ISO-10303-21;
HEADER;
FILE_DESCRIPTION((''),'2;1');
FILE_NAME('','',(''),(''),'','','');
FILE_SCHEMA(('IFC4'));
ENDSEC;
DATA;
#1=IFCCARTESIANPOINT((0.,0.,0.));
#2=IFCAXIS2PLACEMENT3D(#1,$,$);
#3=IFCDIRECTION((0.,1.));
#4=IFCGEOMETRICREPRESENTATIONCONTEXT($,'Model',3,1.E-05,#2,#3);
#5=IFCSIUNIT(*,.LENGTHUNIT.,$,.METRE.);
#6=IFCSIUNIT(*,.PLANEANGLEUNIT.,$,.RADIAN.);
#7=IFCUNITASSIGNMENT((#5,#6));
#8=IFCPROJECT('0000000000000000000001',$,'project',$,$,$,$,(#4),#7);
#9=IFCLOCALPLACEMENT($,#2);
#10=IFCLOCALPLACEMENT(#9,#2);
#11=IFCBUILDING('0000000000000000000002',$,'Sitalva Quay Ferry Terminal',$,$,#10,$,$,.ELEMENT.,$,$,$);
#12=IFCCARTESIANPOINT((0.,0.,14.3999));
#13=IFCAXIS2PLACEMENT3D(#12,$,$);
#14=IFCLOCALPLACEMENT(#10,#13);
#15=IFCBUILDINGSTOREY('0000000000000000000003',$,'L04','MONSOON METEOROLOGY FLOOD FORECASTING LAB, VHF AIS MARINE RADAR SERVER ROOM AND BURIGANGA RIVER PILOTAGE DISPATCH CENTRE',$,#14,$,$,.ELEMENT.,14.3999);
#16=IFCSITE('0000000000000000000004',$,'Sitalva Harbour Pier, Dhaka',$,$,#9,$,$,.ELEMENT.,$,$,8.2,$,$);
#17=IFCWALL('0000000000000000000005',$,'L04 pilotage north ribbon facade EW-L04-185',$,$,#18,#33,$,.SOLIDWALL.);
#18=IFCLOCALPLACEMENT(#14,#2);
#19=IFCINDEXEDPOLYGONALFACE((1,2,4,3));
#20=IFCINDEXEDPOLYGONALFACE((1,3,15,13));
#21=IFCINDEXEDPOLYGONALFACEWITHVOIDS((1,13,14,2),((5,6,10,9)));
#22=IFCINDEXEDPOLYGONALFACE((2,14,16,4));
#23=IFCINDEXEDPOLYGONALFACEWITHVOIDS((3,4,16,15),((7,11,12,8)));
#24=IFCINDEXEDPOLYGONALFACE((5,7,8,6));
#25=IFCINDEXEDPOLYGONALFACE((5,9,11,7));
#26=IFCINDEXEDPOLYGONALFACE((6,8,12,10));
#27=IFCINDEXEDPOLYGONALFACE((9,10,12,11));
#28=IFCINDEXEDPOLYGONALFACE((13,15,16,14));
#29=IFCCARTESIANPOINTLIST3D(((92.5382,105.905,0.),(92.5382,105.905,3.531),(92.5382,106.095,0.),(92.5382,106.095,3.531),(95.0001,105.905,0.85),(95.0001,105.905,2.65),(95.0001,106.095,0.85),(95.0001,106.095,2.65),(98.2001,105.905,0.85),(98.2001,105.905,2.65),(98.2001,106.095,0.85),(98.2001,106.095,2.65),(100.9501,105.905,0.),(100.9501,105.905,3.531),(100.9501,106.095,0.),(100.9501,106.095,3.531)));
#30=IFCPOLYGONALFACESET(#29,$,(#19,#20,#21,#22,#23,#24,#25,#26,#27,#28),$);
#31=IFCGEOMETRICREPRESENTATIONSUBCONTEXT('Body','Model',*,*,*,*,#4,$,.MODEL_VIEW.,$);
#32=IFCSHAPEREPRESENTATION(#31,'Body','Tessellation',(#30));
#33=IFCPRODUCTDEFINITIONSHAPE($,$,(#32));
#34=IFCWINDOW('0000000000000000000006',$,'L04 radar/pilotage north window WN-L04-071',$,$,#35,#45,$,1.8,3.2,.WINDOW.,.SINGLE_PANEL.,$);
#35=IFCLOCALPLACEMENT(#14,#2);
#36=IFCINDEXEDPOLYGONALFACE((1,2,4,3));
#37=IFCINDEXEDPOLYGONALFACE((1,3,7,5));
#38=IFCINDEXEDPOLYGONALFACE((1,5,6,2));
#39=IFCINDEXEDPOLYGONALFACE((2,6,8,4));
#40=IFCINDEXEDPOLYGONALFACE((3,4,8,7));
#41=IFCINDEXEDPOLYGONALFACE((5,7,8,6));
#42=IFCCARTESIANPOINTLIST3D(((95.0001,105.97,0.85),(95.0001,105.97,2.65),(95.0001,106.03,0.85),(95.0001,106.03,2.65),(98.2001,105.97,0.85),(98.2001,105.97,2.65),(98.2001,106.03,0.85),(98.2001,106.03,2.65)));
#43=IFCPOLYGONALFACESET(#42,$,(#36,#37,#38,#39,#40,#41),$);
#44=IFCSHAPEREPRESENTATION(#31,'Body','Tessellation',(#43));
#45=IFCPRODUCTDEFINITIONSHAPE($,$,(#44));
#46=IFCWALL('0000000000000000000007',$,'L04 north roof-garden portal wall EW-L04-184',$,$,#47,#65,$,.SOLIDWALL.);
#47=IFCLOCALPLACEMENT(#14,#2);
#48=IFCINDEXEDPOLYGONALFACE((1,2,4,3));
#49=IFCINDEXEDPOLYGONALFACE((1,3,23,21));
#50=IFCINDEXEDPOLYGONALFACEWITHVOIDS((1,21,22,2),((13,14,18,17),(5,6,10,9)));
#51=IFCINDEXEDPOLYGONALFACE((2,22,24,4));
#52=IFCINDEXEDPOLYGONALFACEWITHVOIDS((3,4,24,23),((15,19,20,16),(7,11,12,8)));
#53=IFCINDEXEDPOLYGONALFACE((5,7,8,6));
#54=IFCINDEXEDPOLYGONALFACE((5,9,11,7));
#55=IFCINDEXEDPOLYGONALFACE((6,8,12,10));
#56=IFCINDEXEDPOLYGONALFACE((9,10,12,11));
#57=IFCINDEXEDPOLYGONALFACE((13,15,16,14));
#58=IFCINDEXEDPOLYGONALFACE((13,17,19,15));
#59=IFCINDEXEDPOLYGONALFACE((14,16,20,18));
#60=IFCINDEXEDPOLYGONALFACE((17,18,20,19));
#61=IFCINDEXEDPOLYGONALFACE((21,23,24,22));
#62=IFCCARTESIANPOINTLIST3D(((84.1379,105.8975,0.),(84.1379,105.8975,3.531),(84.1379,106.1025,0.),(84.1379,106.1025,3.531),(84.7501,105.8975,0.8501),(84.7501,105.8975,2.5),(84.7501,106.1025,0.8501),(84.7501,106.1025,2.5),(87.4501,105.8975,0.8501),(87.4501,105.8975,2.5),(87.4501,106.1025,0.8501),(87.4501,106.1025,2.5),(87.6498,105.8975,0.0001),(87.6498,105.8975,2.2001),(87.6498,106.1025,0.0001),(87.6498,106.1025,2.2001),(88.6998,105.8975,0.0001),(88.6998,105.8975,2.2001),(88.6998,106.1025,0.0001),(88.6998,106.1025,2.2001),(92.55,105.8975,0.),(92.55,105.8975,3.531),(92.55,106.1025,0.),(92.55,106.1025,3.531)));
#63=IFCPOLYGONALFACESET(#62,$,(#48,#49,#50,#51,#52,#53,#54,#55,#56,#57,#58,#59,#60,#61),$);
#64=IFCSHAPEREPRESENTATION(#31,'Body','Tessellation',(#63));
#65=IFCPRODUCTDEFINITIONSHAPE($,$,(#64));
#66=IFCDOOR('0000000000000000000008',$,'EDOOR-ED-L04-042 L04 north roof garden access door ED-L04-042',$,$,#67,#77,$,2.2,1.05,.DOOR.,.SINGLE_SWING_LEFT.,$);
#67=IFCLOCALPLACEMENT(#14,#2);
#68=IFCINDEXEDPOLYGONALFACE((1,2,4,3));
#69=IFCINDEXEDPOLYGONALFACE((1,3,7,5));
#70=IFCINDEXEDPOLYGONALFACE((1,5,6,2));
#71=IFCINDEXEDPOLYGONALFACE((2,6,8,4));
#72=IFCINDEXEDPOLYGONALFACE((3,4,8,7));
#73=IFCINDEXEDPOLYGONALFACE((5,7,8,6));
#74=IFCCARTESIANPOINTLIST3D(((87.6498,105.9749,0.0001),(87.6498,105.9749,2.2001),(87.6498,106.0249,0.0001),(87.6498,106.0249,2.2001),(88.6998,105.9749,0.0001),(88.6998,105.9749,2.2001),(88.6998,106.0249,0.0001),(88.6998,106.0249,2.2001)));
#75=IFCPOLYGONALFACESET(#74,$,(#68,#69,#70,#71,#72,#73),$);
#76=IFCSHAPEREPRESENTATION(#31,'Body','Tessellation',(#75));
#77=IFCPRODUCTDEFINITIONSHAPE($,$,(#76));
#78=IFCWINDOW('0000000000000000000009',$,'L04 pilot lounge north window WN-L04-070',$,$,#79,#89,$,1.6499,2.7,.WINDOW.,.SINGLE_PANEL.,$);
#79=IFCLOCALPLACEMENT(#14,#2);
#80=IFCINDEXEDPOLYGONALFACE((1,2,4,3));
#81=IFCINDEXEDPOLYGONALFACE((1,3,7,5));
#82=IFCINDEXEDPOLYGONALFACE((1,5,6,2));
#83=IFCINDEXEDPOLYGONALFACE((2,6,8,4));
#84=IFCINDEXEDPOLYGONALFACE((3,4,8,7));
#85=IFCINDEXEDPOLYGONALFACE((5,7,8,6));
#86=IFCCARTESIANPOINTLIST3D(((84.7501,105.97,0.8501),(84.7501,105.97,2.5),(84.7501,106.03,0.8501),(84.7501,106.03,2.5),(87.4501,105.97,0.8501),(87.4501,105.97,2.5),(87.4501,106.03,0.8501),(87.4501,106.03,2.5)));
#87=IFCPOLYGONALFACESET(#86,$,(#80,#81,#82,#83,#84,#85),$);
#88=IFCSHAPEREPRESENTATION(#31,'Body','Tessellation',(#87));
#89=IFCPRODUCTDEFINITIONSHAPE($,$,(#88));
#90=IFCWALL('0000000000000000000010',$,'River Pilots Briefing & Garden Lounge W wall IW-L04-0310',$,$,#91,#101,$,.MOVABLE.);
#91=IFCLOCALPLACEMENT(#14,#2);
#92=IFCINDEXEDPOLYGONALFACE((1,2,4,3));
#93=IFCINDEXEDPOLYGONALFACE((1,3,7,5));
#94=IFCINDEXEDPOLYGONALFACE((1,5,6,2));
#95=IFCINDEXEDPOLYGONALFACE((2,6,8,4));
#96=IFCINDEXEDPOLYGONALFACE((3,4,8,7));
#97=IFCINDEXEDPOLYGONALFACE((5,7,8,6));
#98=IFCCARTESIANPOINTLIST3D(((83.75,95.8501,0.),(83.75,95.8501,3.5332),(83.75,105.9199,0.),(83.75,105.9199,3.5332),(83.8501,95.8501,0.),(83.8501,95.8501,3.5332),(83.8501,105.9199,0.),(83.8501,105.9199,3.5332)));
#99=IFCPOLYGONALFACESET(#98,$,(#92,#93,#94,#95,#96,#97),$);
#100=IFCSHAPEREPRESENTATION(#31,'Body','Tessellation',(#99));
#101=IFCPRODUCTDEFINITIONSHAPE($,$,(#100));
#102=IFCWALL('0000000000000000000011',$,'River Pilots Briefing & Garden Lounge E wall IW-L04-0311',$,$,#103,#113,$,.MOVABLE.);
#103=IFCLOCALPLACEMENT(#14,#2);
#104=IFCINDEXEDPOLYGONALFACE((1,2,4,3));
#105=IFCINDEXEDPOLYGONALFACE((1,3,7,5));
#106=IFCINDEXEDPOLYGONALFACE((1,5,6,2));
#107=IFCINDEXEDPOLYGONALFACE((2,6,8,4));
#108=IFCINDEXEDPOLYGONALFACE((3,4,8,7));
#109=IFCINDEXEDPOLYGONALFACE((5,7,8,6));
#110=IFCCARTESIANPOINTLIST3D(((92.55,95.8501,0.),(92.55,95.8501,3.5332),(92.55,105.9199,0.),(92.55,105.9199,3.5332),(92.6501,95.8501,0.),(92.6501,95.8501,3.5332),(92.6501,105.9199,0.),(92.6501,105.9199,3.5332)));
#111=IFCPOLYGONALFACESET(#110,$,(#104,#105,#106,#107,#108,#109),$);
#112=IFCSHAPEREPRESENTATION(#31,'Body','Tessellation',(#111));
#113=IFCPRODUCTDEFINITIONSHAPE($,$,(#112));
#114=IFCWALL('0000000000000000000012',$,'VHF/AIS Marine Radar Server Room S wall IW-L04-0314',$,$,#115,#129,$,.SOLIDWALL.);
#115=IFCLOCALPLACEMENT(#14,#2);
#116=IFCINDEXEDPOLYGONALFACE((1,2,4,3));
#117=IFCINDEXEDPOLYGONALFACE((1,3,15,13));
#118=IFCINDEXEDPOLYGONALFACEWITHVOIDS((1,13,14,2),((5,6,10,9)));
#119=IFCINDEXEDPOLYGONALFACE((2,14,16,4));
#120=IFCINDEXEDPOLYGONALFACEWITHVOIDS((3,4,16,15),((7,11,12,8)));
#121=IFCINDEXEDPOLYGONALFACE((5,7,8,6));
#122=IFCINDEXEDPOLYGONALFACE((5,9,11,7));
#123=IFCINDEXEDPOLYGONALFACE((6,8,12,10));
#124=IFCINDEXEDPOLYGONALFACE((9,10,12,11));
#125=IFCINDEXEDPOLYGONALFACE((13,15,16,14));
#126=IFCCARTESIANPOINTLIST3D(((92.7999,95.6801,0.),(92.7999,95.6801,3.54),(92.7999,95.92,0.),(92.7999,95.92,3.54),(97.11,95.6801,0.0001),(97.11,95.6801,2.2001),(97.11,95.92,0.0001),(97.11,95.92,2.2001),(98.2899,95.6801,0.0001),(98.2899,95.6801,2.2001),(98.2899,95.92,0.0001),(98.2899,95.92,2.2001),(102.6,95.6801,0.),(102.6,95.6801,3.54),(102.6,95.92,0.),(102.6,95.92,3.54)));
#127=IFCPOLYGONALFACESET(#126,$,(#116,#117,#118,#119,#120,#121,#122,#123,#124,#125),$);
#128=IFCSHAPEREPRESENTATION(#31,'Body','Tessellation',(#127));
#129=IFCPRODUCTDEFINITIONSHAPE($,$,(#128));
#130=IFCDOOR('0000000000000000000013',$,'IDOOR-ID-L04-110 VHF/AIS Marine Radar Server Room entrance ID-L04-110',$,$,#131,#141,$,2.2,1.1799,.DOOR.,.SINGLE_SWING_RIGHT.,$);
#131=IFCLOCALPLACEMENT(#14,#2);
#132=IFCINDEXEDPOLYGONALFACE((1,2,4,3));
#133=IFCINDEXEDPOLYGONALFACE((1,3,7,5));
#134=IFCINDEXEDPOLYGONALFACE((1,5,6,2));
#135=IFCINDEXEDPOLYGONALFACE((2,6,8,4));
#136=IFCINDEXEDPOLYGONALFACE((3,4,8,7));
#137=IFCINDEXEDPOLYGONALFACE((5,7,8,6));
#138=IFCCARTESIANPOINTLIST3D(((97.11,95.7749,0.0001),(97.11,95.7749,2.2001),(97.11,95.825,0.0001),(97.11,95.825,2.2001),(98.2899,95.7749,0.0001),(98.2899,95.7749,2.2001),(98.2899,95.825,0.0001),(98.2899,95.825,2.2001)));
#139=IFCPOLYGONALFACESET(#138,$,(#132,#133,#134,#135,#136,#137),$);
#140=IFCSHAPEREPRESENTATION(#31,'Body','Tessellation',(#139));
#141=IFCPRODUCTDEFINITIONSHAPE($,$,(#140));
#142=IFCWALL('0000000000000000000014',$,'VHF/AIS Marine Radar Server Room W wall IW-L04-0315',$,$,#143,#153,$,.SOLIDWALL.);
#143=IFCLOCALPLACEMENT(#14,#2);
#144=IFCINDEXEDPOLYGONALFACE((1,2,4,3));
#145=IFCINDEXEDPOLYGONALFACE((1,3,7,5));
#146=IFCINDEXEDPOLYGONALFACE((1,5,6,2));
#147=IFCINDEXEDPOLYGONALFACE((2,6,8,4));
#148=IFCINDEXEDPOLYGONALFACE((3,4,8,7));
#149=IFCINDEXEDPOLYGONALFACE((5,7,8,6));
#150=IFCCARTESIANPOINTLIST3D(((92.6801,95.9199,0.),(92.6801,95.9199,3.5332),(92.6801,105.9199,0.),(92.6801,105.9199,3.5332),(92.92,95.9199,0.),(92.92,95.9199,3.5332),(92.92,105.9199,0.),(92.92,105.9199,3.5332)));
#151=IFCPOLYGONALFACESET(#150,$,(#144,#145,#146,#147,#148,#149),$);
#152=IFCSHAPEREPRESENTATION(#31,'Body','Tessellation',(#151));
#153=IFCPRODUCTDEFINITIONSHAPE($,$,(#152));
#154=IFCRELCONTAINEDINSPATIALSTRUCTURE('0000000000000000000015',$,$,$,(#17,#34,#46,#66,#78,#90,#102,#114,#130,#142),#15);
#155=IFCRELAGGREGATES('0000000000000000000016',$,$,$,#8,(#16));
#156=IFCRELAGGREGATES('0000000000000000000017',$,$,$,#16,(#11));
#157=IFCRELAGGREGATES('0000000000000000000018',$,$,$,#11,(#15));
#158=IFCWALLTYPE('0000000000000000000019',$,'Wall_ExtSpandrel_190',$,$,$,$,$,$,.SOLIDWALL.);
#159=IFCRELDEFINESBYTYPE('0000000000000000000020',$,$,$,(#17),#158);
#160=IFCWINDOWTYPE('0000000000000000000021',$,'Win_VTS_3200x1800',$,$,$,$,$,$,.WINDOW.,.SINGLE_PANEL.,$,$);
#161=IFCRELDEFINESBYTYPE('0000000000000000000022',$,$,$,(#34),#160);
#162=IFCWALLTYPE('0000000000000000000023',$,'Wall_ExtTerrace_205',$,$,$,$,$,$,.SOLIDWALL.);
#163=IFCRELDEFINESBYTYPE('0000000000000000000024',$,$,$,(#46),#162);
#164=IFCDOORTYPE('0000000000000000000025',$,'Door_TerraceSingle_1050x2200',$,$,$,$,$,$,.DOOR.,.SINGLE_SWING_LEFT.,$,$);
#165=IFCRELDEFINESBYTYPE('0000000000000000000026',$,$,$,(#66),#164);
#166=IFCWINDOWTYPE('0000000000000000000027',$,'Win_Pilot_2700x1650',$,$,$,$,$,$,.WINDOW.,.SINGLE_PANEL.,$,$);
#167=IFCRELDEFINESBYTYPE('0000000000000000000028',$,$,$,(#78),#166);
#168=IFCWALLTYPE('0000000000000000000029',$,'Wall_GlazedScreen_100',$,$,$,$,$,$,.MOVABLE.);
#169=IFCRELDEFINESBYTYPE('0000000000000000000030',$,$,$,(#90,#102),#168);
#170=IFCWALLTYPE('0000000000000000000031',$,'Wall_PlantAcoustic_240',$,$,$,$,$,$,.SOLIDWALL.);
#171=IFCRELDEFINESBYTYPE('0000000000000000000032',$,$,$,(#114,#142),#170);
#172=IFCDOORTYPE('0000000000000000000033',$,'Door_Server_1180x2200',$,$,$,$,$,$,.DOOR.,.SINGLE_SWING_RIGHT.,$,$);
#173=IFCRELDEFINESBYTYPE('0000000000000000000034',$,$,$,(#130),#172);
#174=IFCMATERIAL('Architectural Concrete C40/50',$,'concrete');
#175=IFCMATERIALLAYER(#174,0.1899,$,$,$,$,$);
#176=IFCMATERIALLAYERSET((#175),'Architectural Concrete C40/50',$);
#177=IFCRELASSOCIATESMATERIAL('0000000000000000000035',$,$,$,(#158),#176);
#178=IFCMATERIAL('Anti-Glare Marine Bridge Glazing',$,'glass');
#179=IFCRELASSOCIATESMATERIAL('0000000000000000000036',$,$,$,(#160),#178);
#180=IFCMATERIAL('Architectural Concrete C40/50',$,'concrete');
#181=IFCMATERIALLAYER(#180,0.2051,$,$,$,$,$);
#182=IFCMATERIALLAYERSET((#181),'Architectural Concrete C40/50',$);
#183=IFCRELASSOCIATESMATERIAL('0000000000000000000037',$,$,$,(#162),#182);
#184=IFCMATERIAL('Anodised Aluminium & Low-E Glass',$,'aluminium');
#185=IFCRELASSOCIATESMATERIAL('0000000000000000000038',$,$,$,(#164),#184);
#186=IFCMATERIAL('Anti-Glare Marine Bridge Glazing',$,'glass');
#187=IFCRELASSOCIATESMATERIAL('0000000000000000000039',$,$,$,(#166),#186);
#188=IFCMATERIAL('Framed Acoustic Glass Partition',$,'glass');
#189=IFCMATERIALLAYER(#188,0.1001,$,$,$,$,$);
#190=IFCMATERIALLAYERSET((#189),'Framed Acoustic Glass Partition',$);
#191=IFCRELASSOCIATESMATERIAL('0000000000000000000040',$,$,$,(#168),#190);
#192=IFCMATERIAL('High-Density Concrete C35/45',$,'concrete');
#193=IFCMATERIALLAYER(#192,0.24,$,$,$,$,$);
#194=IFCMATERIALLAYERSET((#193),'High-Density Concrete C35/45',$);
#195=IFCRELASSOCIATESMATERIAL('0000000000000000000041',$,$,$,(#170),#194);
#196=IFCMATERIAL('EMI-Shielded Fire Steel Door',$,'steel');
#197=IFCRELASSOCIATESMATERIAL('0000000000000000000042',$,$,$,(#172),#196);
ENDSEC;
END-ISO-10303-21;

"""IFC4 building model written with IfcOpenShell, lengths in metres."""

from ifc_helpers import new_model, si_unit, direction, frame, frame_2d, origin, place, context, subcontext, project, spatial, rectangle, extrude, material, layer, layer_set, type_object, element, fill, save


model = new_model("IFC4")

# Units and contexts
model_context = context("Model", 3, precision=1e-05, world=origin(), true_north=direction((0.0, 1.0)))
body_context = subcontext(model_context, "Body", "Model", "MODEL_VIEW")
ifc_project = project(units=[si_unit("LENGTHUNIT", "METRE"), si_unit("PLANEANGLEUNIT", "RADIAN")], contexts=[model_context])

# Site, building, storey
site_placement = place(None, origin())
site = spatial("IfcSite", under=ifc_project, at=site_placement, Name="Sitalva Harbour Pier, Dhaka", CompositionType="ELEMENT", RefElevation=8.2)
building_placement = place(site_placement, origin())
building = spatial("IfcBuilding", under=site, at=building_placement, Name="Sitalva Quay Ferry Terminal", CompositionType="ELEMENT")
storey_placement = place(building_placement, frame((0.0, 0.0, 14.3999)))
storey = spatial("IfcBuildingStorey", under=building, at=storey_placement, Name="L04", Description="MONSOON METEOROLOGY FLOOD FORECASTING LAB, VHF AIS MARINE RADAR SERVER ROOM AND BURIGANGA RIVER PILOTAGE DISPATCH CENTRE", CompositionType="ELEMENT", Elevation=14.3999)

# Wall, opening, window
ifc_material_1 = material(Name="Architectural Concrete C40/50", Category="concrete")
ifc_layer_1 = layer(ifc_material_1, 0.1899)
ifc_layer_set_1 = layer_set([ifc_layer_1], Name="Architectural Concrete C40/50")
wall_type_1 = type_object("IfcWallType", Name="Wall_ExtSpandrel_190", PredefinedType="SOLIDWALL", material=ifc_layer_set_1)
wall_1_placement = place(storey_placement, frame((92.5381, 106.0, 0.0), z_axis=(0.0, 0.0, 1.0), x_axis=(1.0, 0.0, 0.0)))
wall_1 = element("IfcWall", 1, at=wall_1_placement, inside=storey, type_object=wall_type_1, Name="L04 pilotage north ribbon facade EW-L04-185", PredefinedType="SOLIDWALL", context=body_context, shape_type="SweptSolid", body=[
    extrude(rectangle(XDim=8.4119, YDim=0.1899, at=frame_2d((4.2061, 0.0))), origin(), (0.0, 0.0, 1.0), 3.531),
])
opening_1_placement = place(wall_1_placement, frame((2.4619, 0.0, 0.8501)))
opening_1 = element("IfcOpeningElement", 2, at=opening_1_placement, cuts=wall_1, PredefinedType="OPENING", context=body_context, shape_type="SweptSolid", body=[
    extrude(rectangle(XDim=3.2, YDim=1.8, at=frame_2d((1.6001, 0.8999))), frame((0.0, 0.105, 0.0), z_axis=(0.0, -1.0, 0.0), x_axis=(1.0, 0.0, 0.0)), (0.0, 0.0, 1.0), 0.21),
])
ifc_material_2 = material(Name="Anti-Glare Marine Bridge Glazing", Category="glass")
window_type_1 = type_object("IfcWindowType", Name="Win_VTS_3200x1800", PartitioningType="SINGLE_PANEL", PredefinedType="WINDOW", material=ifc_material_2)
window_1_placement = place(opening_1_placement, origin())
window_1 = element("IfcWindow", 3, at=window_1_placement, inside=storey, type_object=window_type_1, Name="L04 radar/pilotage north window WN-L04-071", OverallHeight=1.8, OverallWidth=3.2, PartitioningType="SINGLE_PANEL", PredefinedType="WINDOW", context=body_context, shape_type="SweptSolid", body=[
    extrude(rectangle(XDim=3.2, YDim=1.8, at=frame_2d((1.6001, 0.8999))), frame((0.0, 0.03, 0.0), z_axis=(0.0, -1.0, 0.0), x_axis=(1.0, 0.0, 0.0)), (0.0, 0.0, 1.0), 0.0601),
])
fill(opening_1, window_1)

# Wall, openings, door, window
ifc_material_3 = material(Name="Architectural Concrete C40/50", Category="concrete")
ifc_layer_2 = layer(ifc_material_3, 0.2051)
ifc_layer_set_2 = layer_set([ifc_layer_2], Name="Architectural Concrete C40/50")
wall_type_2 = type_object("IfcWallType", Name="Wall_ExtTerrace_205", PredefinedType="SOLIDWALL", material=ifc_layer_set_2)
wall_2_placement = place(storey_placement, frame((84.1379, 106.0, 0.0), z_axis=(0.0, 0.0, 1.0), x_axis=(1.0, 0.0, 0.0)))
wall_2 = element("IfcWall", 4, at=wall_2_placement, inside=storey, type_object=wall_type_2, Name="L04 north roof-garden portal wall EW-L04-184", PredefinedType="SOLIDWALL", context=body_context, shape_type="SweptSolid", body=[
    extrude(rectangle(XDim=8.4121, YDim=0.2051, at=frame_2d((4.2061, 0.0))), origin(), (0.0, 0.0, 1.0), 3.531),
])
opening_2_placement = place(wall_2_placement, frame((3.512, 0.0, 0.0)))
opening_2 = element("IfcOpeningElement", 5, at=opening_2_placement, cuts=wall_2, PredefinedType="OPENING", context=body_context, shape_type="SweptSolid", body=[
    extrude(rectangle(XDim=1.05, YDim=2.2, at=frame_2d((0.5249, 1.1001))), frame((0.0, 0.1125, 0.0), z_axis=(0.0, -1.0, 0.0), x_axis=(1.0, 0.0, 0.0)), (0.0, 0.0, 1.0), 0.2251),
])
opening_3_placement = place(wall_2_placement, frame((0.6121, 0.0, 0.8501)))
opening_3 = element("IfcOpeningElement", 6, at=opening_3_placement, cuts=wall_2, PredefinedType="OPENING", context=body_context, shape_type="SweptSolid", body=[
    extrude(rectangle(XDim=2.7, YDim=1.6499, at=frame_2d((1.3501, 0.825))), frame((0.0, 0.1125, 0.0), z_axis=(0.0, -1.0, 0.0), x_axis=(1.0, 0.0, 0.0)), (0.0, 0.0, 1.0), 0.2251),
])
ifc_material_4 = material(Name="Anodised Aluminium & Low-E Glass", Category="aluminium")
door_type_1 = type_object("IfcDoorType", Name="Door_TerraceSingle_1050x2200", OperationType="SINGLE_SWING_LEFT", PredefinedType="DOOR", material=ifc_material_4)
door_1_placement = place(opening_2_placement, origin())
door_1 = element("IfcDoor", 7, at=door_1_placement, inside=storey, type_object=door_type_1, Name="EDOOR-ED-L04-042 L04 north roof garden access door ED-L04-042", OperationType="SINGLE_SWING_LEFT", OverallHeight=2.2, OverallWidth=1.05, PredefinedType="DOOR", context=body_context, shape_type="SweptSolid", body=[
    extrude(rectangle(XDim=1.05, YDim=2.2, at=frame_2d((0.5249, 1.1001))), frame((0.0, 0.0249, 0.0), z_axis=(0.0, -1.0, 0.0), x_axis=(1.0, 0.0, 0.0)), (0.0, 0.0, 1.0), 0.05),
])
fill(opening_2, door_1)
ifc_material_5 = material(Name="Anti-Glare Marine Bridge Glazing", Category="glass")
window_type_2 = type_object("IfcWindowType", Name="Win_Pilot_2700x1650", PartitioningType="SINGLE_PANEL", PredefinedType="WINDOW", material=ifc_material_5)
window_2_placement = place(opening_3_placement, origin())
window_2 = element("IfcWindow", 8, at=window_2_placement, inside=storey, type_object=window_type_2, Name="L04 pilot lounge north window WN-L04-070", OverallHeight=1.6499, OverallWidth=2.7, PartitioningType="SINGLE_PANEL", PredefinedType="WINDOW", context=body_context, shape_type="SweptSolid", body=[
    extrude(rectangle(XDim=2.7, YDim=1.6499, at=frame_2d((1.3501, 0.825))), frame((0.0, 0.03, 0.0), z_axis=(0.0, -1.0, 0.0), x_axis=(1.0, 0.0, 0.0)), (0.0, 0.0, 1.0), 0.0601),
])
fill(opening_3, window_2)

# Walls
ifc_material_6 = material(Name="Framed Acoustic Glass Partition", Category="glass")
ifc_layer_3 = layer(ifc_material_6, 0.1001)
ifc_layer_set_3 = layer_set([ifc_layer_3], Name="Framed Acoustic Glass Partition")
wall_type_3 = type_object("IfcWallType", Name="Wall_GlazedScreen_100", PredefinedType="MOVABLE", material=ifc_layer_set_3)
for number, where, z_axis, x_axis, name in (
    (9, (83.8, 95.8501, 0.0), (0.0, 0.0, 1.0), (0.0, 1.0, 0.0), "River Pilots Briefing & Garden Lounge W wall IW-L04-0310"),
    (10, (92.6001, 95.8501, 0.0), (0.0, 0.0, 1.0), (0.0, 1.0, 0.0), "River Pilots Briefing & Garden Lounge E wall IW-L04-0311"),
):
    element("IfcWall", number, at=place(storey_placement, frame(where, z_axis=z_axis, x_axis=x_axis)), inside=storey, type_object=wall_type_3, Name=name, PredefinedType="MOVABLE", context=body_context, shape_type="SweptSolid", body=[
        extrude(rectangle(XDim=10.0698, YDim=0.1001, at=frame_2d((5.0349, 0.0))), origin(), (0.0, 0.0, 1.0), 3.5332),
    ])

# Wall, opening, door
ifc_material_7 = material(Name="High-Density Concrete C35/45", Category="concrete")
ifc_layer_4 = layer(ifc_material_7, 0.24)
ifc_layer_set_4 = layer_set([ifc_layer_4], Name="High-Density Concrete C35/45")
wall_type_4 = type_object("IfcWallType", Name="Wall_PlantAcoustic_240", PredefinedType="SOLIDWALL", material=ifc_layer_set_4)
wall_3_placement = place(storey_placement, frame((92.8, 95.8, 0.0), z_axis=(0.0, 0.0, 1.0), x_axis=(1.0, 0.0, 0.0)))
wall_3 = element("IfcWall", 11, at=wall_3_placement, inside=storey, type_object=wall_type_4, Name="VHF/AIS Marine Radar Server Room S wall IW-L04-0314", PredefinedType="SOLIDWALL", context=body_context, shape_type="SweptSolid", body=[
    extrude(rectangle(XDim=9.8, YDim=0.24, at=frame_2d((4.8999, 0.0))), origin(), (0.0, 0.0, 1.0), 3.54),
])
opening_4_placement = place(wall_3_placement, frame((4.3101, 0.0, 0.0)))
opening_4 = element("IfcOpeningElement", 12, at=opening_4_placement, cuts=wall_3, PredefinedType="OPENING", context=body_context, shape_type="SweptSolid", body=[
    extrude(rectangle(XDim=1.1799, YDim=2.2, at=frame_2d((0.5898, 1.1001))), frame((0.0, 0.1299, 0.0), z_axis=(0.0, -1.0, 0.0), x_axis=(1.0, 0.0, 0.0)), (0.0, 0.0, 1.0), 0.26),
])
ifc_material_8 = material(Name="EMI-Shielded Fire Steel Door", Category="steel")
door_type_2 = type_object("IfcDoorType", Name="Door_Server_1180x2200", OperationType="SINGLE_SWING_RIGHT", PredefinedType="DOOR", material=ifc_material_8)
door_2_placement = place(opening_4_placement, origin())
door_2 = element("IfcDoor", 13, at=door_2_placement, inside=storey, type_object=door_type_2, Name="IDOOR-ID-L04-110 VHF/AIS Marine Radar Server Room entrance ID-L04-110", OperationType="SINGLE_SWING_RIGHT", OverallHeight=2.2, OverallWidth=1.1799, PredefinedType="DOOR", context=body_context, shape_type="SweptSolid", body=[
    extrude(rectangle(XDim=1.1799, YDim=2.2, at=frame_2d((0.5898, 1.1001))), frame((0.0, 0.0249, 0.0), z_axis=(0.0, -1.0, 0.0), x_axis=(1.0, 0.0, 0.0)), (0.0, 0.0, 1.0), 0.05),
])
fill(opening_4, door_2)

# Wall
wall_4_placement = place(storey_placement, frame((92.8, 95.9199, 0.0), z_axis=(0.0, 0.0, 1.0), x_axis=(0.0, 1.0, 0.0)))
element("IfcWall", 14, at=wall_4_placement, inside=storey, type_object=wall_type_4, Name="VHF/AIS Marine Radar Server Room W wall IW-L04-0315", PredefinedType="SOLIDWALL", context=body_context, shape_type="SweptSolid", body=[
    extrude(rectangle(XDim=10.0, YDim=0.24, at=frame_2d((5.0, 0.0))), origin(), (0.0, 0.0, 1.0), 3.5332),
])

save(model, "model.ifc")
